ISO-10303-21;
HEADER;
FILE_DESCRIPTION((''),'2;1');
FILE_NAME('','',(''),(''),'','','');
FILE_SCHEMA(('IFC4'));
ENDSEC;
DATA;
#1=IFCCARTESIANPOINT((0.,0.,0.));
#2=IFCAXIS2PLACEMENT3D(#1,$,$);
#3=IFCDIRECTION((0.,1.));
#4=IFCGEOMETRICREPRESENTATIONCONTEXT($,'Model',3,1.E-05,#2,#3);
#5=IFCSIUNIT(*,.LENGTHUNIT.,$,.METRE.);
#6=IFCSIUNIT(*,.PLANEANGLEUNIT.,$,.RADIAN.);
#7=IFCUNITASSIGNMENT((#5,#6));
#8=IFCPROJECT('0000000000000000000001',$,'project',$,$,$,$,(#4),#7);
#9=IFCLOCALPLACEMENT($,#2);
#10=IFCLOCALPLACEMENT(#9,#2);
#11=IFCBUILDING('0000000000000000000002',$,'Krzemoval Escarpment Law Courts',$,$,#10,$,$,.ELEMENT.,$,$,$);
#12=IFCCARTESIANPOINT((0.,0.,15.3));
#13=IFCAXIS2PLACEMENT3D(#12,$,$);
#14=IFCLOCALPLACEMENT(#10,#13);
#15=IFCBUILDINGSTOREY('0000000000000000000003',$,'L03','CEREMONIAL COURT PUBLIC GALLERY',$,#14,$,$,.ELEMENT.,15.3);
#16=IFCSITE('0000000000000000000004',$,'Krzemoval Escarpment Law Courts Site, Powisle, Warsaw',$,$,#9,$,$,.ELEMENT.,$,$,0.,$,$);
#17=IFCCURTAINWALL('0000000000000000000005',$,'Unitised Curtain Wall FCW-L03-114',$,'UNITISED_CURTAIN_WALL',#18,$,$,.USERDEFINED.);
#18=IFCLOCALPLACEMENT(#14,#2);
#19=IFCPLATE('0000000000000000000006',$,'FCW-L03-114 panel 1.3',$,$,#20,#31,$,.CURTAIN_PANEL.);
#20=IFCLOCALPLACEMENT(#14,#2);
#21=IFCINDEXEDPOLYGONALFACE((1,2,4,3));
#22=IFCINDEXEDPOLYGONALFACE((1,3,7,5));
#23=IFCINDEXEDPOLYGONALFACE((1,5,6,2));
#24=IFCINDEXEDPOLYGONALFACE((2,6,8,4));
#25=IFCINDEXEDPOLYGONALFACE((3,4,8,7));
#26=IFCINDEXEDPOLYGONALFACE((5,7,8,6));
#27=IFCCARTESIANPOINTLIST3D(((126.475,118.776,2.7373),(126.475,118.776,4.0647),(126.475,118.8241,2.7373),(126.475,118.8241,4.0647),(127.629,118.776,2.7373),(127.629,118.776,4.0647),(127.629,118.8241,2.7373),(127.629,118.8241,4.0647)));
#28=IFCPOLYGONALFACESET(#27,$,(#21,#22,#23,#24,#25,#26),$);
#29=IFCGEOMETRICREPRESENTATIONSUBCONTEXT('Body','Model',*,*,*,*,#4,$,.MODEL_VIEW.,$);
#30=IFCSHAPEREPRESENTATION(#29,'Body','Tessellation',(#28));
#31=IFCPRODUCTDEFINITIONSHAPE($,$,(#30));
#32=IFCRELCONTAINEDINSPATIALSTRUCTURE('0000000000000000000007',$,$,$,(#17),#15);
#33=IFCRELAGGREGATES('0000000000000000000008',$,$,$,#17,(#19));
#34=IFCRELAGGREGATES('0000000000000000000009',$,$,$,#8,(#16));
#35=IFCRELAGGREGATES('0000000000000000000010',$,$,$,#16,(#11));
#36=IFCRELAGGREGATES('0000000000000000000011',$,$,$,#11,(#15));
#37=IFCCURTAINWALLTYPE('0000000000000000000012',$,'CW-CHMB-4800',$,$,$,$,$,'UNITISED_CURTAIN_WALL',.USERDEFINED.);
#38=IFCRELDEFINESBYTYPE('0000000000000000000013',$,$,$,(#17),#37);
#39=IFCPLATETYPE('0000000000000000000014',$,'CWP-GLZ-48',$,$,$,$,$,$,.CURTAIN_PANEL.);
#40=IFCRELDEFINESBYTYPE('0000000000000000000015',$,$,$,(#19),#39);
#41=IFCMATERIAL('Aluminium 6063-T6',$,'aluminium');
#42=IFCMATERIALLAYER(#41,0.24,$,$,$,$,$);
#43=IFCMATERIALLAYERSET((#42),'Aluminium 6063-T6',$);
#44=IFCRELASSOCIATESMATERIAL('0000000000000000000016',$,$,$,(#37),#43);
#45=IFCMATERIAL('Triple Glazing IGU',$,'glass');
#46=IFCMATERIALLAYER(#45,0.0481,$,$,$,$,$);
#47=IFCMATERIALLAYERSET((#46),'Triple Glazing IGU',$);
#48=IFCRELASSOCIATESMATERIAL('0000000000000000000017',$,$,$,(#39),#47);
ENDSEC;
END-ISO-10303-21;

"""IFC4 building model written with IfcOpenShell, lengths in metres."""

from ifc_helpers import new_model, si_unit, direction, frame, origin, origin_2d, place, context, subcontext, project, spatial, rectangle, extrude, material, layer, layer_set, type_object, element, aggregate, save


model = new_model("IFC4")

# Units and contexts
model_context = context("Model", 3, precision=1e-05, world=origin(), true_north=direction((0.0, 1.0)))
body_context = subcontext(model_context, "Body", "Model", "MODEL_VIEW")
ifc_project = project(units=[si_unit("LENGTHUNIT", "METRE"), si_unit("PLANEANGLEUNIT", "RADIAN")], contexts=[model_context])

# Site, building, storey
site_placement = place(None, origin())
site = spatial("IfcSite", under=ifc_project, at=site_placement, Name="Krzemoval Escarpment Law Courts Site, Powisle, Warsaw", CompositionType="ELEMENT", RefElevation=0.0)
building_placement = place(site_placement, origin())
building = spatial("IfcBuilding", under=site, at=building_placement, Name="Krzemoval Escarpment Law Courts", CompositionType="ELEMENT")
storey_placement = place(building_placement, frame((0.0, 0.0, 15.3)))
storey = spatial("IfcBuildingStorey", under=building, at=storey_placement, Name="L03", Description="CEREMONIAL COURT PUBLIC GALLERY", CompositionType="ELEMENT", Elevation=15.3)

# Curtain wall
ifc_material_1 = material(Name="Aluminium 6063-T6", Category="aluminium")
ifc_layer_1 = layer(ifc_material_1, 0.24)
ifc_layer_set_1 = layer_set([ifc_layer_1], Name="Aluminium 6063-T6")
curtain_wall_type = type_object("IfcCurtainWallType", Name="CW-CHMB-4800", ElementType="UNITISED_CURTAIN_WALL", PredefinedType="USERDEFINED", material=ifc_layer_set_1)
curtain_wall_1_placement = place(storey_placement, origin())
curtain_wall_1 = element("IfcCurtainWall", 1, at=curtain_wall_1_placement, inside=storey, type_object=curtain_wall_type, Name="Unitised Curtain Wall FCW-L03-114", ObjectType="UNITISED_CURTAIN_WALL", PredefinedType="USERDEFINED")

# Plate
ifc_material_2 = material(Name="Triple Glazing IGU", Category="glass")
ifc_layer_2 = layer(ifc_material_2, 0.0481)
ifc_layer_set_2 = layer_set([ifc_layer_2], Name="Triple Glazing IGU")
plate_type = type_object("IfcPlateType", Name="CWP-GLZ-48", PredefinedType="CURTAIN_PANEL", material=ifc_layer_set_2)
plate_1_placement = place(storey_placement, frame((127.052, 118.8, 2.7373), z_axis=(0.0, 0.0, 1.0), x_axis=(1.0, 0.0, 0.0)))
plate_1 = element("IfcPlate", 2, at=plate_1_placement, type_object=plate_type, Name="FCW-L03-114 panel 1.3", PredefinedType="CURTAIN_PANEL", context=body_context, shape_type="SweptSolid", body=[
    extrude(rectangle(XDim=1.1541, YDim=0.0481, at=origin_2d()), origin(), (0.0, 0.0, 1.0), 1.3274),
])
aggregate(curtain_wall_1, [plate_1])

save(model, "model.ifc")
